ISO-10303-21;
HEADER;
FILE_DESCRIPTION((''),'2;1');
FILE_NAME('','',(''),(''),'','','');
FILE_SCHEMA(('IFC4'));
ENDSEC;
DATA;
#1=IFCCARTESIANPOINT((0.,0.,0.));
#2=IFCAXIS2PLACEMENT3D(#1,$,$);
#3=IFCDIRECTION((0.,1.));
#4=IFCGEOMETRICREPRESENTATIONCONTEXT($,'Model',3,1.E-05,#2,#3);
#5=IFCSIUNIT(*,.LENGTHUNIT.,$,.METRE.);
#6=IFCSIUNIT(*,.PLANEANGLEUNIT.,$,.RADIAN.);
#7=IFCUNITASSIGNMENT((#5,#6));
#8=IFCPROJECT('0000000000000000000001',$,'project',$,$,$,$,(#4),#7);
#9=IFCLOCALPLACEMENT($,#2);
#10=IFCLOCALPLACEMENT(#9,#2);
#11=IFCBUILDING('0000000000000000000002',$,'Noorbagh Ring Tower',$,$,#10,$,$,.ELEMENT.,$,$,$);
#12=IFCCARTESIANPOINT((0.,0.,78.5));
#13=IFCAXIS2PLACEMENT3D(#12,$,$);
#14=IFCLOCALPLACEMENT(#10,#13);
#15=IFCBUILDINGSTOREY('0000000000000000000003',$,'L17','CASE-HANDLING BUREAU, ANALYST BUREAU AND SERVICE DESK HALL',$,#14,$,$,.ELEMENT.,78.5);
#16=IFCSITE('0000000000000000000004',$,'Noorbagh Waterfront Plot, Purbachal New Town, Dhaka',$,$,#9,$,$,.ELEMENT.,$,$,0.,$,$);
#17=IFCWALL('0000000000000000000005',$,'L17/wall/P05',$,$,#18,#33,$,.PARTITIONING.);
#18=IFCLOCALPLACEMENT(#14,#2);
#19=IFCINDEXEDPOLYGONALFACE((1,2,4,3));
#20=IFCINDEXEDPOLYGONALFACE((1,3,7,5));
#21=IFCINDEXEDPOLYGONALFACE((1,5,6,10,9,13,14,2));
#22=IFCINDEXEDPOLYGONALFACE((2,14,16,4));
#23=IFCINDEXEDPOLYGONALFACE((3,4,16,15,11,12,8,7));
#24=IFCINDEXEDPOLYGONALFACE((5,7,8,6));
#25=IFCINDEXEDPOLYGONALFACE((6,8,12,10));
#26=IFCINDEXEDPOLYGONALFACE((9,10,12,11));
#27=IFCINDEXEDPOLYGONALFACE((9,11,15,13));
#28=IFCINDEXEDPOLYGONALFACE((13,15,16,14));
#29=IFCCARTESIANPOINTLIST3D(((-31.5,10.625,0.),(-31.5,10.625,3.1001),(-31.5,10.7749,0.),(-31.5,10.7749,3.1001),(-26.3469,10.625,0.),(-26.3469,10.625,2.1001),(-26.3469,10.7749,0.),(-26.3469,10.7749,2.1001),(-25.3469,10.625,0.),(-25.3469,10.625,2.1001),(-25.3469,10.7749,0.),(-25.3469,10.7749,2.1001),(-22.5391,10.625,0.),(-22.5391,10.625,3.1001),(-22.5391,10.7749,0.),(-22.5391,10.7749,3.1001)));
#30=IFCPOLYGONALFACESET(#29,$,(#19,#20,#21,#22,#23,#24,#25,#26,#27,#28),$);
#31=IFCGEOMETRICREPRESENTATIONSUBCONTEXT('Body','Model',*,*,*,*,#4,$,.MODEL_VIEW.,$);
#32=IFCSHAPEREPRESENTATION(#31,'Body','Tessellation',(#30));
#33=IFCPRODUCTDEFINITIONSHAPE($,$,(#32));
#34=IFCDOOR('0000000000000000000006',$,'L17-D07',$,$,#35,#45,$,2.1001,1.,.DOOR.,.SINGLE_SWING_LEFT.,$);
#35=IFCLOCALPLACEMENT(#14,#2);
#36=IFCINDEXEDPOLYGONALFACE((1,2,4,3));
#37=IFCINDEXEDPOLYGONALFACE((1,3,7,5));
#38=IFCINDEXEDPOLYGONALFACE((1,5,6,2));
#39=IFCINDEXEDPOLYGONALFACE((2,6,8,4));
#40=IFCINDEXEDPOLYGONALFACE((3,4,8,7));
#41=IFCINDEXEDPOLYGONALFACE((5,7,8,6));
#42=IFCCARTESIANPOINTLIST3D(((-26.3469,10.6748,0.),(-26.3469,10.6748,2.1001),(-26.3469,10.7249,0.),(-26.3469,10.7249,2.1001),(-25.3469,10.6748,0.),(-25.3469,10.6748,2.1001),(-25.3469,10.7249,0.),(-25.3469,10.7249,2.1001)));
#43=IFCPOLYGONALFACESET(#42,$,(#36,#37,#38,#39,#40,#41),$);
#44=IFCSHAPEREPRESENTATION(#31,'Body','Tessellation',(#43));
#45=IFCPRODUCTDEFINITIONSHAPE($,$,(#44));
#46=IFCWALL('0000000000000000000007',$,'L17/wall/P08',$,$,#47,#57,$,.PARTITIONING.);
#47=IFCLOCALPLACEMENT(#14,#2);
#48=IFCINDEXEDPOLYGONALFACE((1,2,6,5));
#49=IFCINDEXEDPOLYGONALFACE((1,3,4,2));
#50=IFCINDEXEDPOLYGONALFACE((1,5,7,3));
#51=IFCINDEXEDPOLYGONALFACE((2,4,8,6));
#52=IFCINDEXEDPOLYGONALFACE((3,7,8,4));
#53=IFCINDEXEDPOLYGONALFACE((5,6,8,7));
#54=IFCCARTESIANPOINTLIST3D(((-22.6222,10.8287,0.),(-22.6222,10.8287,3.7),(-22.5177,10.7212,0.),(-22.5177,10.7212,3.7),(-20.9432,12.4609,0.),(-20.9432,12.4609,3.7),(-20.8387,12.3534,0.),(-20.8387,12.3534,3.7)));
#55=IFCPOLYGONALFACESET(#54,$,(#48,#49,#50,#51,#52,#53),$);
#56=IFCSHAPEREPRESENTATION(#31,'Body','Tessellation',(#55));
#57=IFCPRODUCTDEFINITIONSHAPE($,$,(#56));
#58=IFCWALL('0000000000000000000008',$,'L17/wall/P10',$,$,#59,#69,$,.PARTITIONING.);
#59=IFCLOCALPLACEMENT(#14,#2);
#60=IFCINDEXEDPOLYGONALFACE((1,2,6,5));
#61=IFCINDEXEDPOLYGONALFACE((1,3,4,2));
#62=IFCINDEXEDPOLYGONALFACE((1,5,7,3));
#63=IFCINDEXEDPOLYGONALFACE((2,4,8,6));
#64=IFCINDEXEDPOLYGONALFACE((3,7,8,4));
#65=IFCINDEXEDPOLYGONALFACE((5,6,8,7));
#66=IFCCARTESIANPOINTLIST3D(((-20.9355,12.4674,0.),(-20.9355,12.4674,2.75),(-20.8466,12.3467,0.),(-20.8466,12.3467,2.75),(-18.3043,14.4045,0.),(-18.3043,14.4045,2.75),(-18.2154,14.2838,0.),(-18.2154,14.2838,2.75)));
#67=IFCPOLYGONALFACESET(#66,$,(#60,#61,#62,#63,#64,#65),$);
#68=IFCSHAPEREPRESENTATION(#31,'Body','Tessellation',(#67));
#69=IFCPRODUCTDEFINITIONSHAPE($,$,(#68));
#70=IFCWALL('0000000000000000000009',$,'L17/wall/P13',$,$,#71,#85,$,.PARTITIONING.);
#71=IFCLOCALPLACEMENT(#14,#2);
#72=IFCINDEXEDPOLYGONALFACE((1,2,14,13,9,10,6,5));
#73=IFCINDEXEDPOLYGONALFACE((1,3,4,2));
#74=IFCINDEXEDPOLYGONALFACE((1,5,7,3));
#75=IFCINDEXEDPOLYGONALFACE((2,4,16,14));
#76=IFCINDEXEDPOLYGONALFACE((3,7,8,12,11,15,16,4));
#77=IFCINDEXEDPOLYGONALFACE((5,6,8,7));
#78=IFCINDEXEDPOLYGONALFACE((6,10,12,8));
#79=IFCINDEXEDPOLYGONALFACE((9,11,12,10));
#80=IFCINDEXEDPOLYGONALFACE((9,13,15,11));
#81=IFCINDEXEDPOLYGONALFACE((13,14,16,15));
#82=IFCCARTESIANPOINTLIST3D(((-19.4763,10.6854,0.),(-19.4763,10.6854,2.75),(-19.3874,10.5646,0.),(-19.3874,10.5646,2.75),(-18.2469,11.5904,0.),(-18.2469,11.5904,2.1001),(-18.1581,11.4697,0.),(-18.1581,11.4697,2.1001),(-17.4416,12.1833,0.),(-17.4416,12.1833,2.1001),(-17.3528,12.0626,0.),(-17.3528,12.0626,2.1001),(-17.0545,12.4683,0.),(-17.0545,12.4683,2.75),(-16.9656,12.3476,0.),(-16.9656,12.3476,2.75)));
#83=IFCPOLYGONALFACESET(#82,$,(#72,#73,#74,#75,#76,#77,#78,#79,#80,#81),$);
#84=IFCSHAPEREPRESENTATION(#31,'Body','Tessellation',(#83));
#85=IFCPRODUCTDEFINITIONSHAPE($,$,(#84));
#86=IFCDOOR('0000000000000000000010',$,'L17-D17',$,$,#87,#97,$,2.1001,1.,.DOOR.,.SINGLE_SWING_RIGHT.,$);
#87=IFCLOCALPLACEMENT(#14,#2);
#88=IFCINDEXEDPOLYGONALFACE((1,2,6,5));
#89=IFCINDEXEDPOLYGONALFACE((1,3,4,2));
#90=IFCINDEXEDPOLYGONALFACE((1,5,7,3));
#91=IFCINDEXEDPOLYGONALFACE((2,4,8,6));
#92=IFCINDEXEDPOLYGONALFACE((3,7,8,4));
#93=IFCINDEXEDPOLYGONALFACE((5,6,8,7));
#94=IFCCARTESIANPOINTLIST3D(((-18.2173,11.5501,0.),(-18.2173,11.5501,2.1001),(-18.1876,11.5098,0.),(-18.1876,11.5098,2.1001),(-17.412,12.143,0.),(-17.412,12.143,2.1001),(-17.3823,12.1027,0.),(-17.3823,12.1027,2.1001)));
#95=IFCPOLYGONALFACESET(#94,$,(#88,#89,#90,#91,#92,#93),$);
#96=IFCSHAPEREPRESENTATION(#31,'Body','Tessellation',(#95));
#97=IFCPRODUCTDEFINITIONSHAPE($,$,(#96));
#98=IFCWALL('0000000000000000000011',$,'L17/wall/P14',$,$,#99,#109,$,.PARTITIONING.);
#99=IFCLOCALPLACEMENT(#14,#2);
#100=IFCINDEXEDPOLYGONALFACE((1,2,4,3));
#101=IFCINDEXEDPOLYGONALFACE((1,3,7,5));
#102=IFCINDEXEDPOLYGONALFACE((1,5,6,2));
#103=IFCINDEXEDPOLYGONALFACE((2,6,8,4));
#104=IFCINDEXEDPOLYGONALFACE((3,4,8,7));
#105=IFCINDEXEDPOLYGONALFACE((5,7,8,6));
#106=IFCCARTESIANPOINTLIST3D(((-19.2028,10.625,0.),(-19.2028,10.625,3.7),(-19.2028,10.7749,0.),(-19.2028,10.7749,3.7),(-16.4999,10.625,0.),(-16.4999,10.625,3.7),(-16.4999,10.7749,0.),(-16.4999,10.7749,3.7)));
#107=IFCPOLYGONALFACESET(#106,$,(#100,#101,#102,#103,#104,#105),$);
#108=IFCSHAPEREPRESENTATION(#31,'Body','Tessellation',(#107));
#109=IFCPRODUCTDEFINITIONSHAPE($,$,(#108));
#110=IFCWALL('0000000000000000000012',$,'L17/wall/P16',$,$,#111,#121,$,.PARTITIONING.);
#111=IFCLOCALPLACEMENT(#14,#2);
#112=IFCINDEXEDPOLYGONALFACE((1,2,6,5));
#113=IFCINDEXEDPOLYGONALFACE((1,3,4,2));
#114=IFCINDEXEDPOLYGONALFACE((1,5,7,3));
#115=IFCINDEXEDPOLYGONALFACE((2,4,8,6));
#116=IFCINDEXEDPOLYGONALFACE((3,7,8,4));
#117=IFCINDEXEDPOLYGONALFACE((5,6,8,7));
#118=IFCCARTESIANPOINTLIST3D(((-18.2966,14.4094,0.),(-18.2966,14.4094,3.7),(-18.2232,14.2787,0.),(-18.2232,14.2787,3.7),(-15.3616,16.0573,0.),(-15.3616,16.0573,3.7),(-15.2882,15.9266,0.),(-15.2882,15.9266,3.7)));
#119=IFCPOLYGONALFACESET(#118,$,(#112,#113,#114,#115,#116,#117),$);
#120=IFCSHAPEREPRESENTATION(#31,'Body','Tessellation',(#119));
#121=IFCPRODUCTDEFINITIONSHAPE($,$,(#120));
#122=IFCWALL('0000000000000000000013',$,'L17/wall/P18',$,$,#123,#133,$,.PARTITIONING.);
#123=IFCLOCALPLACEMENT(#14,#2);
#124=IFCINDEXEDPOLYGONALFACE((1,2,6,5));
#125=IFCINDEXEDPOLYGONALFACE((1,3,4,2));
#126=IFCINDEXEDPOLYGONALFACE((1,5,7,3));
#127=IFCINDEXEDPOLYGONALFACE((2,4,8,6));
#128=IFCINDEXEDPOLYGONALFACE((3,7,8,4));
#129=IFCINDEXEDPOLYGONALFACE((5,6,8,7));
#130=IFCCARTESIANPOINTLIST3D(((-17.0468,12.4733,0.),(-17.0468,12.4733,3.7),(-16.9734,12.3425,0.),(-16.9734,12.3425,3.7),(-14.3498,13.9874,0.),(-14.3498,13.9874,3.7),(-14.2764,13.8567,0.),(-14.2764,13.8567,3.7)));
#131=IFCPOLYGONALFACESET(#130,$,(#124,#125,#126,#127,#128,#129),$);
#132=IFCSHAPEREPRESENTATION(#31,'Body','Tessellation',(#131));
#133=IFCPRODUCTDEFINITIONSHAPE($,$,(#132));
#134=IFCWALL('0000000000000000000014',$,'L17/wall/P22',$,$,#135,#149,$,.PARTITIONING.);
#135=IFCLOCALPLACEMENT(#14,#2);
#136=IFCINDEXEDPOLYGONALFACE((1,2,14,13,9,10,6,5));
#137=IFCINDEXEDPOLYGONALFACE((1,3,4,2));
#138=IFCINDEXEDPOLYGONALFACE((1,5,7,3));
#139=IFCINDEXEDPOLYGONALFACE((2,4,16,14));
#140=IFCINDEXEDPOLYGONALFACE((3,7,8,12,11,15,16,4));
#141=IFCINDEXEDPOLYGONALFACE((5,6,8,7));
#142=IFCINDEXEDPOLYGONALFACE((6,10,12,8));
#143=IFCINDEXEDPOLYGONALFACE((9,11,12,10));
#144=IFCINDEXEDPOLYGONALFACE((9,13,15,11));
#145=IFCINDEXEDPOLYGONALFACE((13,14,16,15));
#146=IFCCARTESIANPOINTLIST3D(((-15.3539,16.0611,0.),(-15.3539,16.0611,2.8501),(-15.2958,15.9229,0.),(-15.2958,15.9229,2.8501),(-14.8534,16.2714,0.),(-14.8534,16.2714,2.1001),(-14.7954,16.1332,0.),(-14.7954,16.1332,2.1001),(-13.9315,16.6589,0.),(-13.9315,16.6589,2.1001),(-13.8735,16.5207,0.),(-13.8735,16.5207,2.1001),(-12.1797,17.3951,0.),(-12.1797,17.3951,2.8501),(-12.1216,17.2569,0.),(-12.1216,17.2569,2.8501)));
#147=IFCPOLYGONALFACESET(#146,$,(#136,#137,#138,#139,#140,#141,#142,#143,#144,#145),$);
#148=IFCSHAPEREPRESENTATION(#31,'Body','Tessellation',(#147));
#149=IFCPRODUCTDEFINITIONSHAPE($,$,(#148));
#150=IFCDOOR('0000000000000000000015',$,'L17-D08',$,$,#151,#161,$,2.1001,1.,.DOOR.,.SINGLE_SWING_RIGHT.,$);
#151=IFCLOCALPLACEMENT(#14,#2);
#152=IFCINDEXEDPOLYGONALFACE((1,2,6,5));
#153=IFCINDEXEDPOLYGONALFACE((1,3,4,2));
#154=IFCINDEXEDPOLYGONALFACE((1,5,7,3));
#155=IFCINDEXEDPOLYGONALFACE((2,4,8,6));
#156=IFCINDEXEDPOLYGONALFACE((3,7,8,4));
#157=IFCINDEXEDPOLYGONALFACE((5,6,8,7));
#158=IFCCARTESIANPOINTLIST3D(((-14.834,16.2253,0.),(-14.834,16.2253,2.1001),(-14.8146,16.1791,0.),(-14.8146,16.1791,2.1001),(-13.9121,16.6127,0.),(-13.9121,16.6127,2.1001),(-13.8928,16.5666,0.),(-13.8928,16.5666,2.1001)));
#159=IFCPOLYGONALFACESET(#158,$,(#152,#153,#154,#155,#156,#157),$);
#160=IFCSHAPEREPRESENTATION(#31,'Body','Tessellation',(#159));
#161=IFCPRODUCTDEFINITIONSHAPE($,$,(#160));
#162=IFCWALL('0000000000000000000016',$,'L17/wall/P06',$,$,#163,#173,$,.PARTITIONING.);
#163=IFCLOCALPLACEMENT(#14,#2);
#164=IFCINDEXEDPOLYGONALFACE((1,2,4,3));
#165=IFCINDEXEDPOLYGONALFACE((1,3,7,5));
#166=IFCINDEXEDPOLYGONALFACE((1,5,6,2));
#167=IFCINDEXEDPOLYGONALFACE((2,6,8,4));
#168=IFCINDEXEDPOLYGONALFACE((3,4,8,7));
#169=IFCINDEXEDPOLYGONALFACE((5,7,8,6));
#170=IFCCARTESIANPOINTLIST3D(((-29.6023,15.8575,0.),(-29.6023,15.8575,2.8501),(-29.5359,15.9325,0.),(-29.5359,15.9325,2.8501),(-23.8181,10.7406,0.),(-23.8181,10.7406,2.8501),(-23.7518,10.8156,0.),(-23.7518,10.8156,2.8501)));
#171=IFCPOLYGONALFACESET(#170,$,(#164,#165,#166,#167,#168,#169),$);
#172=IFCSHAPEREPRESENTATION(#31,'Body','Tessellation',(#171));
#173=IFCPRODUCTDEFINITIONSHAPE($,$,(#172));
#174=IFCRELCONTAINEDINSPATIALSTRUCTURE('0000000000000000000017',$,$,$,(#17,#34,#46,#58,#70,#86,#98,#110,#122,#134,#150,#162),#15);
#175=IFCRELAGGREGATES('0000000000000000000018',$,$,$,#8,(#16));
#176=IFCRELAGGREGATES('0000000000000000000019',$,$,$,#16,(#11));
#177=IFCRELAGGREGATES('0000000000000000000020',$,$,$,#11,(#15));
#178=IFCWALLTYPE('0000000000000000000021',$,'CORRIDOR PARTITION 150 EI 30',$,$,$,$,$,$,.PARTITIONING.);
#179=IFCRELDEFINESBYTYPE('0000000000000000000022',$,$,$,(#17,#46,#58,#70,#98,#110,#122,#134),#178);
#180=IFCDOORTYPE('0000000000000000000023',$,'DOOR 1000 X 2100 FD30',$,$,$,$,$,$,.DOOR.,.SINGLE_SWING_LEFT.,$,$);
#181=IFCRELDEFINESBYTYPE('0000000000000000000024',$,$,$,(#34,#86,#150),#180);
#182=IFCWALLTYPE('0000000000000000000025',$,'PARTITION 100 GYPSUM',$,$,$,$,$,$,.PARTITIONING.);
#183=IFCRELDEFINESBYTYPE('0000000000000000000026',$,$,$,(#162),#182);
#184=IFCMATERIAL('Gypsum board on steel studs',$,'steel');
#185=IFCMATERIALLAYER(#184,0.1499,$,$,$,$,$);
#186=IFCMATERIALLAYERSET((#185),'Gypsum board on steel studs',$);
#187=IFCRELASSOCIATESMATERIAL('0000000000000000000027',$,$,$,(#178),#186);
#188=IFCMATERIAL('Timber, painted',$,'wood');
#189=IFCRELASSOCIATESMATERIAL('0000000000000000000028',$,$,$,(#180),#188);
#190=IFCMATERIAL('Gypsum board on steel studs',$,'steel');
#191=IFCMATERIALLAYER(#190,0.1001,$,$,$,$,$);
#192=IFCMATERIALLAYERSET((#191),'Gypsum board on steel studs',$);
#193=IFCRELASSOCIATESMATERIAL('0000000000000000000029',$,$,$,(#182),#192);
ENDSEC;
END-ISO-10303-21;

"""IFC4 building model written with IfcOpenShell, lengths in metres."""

from ifc_helpers import new_model, si_unit, direction, frame, frame_2d, origin, place, context, subcontext, project, spatial, rectangle, extrude, material, layer, layer_set, type_object, element, fill, save


model = new_model("IFC4")

# Units and contexts
model_context = context("Model", 3, precision=1e-05, world=origin(), true_north=direction((0.0, 1.0)))
body_context = subcontext(model_context, "Body", "Model", "MODEL_VIEW")
ifc_project = project(units=[si_unit("LENGTHUNIT", "METRE"), si_unit("PLANEANGLEUNIT", "RADIAN")], contexts=[model_context])

# Site, building, storey
site_placement = place(None, origin())
site = spatial("IfcSite", under=ifc_project, at=site_placement, Name="Noorbagh Waterfront Plot, Purbachal New Town, Dhaka", CompositionType="ELEMENT", RefElevation=0.0)
building_placement = place(site_placement, origin())
building = spatial("IfcBuilding", under=site, at=building_placement, Name="Noorbagh Ring Tower", CompositionType="ELEMENT")
storey_placement = place(building_placement, frame((0.0, 0.0, 78.5)))
storey = spatial("IfcBuildingStorey", under=building, at=storey_placement, Name="L17", Description="CASE-HANDLING BUREAU, ANALYST BUREAU AND SERVICE DESK HALL", CompositionType="ELEMENT", Elevation=78.5)

# Wall, opening, door
ifc_material_1 = material(Name="Gypsum board on steel studs", Category="steel")
ifc_layer_1 = layer(ifc_material_1, 0.1499)
ifc_layer_set_1 = layer_set([ifc_layer_1], Name="Gypsum board on steel studs")
wall_type_1 = type_object("IfcWallType", Name="CORRIDOR PARTITION 150 EI 30", PredefinedType="PARTITIONING", material=ifc_layer_set_1)
wall_1_placement = place(storey_placement, frame((-31.5, 10.7, 0.0), z_axis=(0.0, 0.0, 1.0), x_axis=(1.0, 0.0, 0.0)))
wall_1 = element("IfcWall", 1, at=wall_1_placement, inside=storey, type_object=wall_type_1, Name="L17/wall/P05", PredefinedType="PARTITIONING", context=body_context, shape_type="SweptSolid", body=[
    extrude(rectangle(XDim=8.9609, YDim=0.1499, at=frame_2d((4.4805, 0.0))), origin(), (0.0, 0.0, 1.0), 3.1001),
])
opening_1_placement = place(wall_1_placement, frame((5.1531, 0.0, 0.0)))
opening_1 = element("IfcOpeningElement", 2, at=opening_1_placement, cuts=wall_1, PredefinedType="OPENING", context=body_context, shape_type="SweptSolid", body=[
    extrude(rectangle(XDim=1.0, YDim=2.1001, at=frame_2d((0.5, 1.05))), frame((0.0, 0.085, 0.0), z_axis=(0.0, -1.0, 0.0), x_axis=(1.0, 0.0, 0.0)), (0.0, 0.0, 1.0), 0.1699),
])
ifc_material_2 = material(Name="Timber, painted", Category="wood")
door_type = type_object("IfcDoorType", Name="DOOR 1000 X 2100 FD30", OperationType="SINGLE_SWING_LEFT", PredefinedType="DOOR", material=ifc_material_2)
door_1_placement = place(opening_1_placement, origin())
door_1 = element("IfcDoor", 3, at=door_1_placement, inside=storey, type_object=door_type, Name="L17-D07", OperationType="SINGLE_SWING_LEFT", OverallHeight=2.1001, OverallWidth=1.0, PredefinedType="DOOR", context=body_context, shape_type="SweptSolid", body=[
    extrude(rectangle(XDim=1.0, YDim=2.1001, at=frame_2d((0.5, 1.05))), frame((0.0, 0.0249, 0.0), z_axis=(0.0, -1.0, 0.0), x_axis=(1.0, 0.0, 0.0)), (0.0, 0.0, 1.0), 0.05),
])
fill(opening_1, door_1)

# Walls
wall_2_placement = place(storey_placement, frame((-22.5701, 10.7749, 0.0), z_axis=(0.0, 0.0, 1.0), x_axis=(0.717046, 0.697026, 0.0)))
element("IfcWall", 4, at=wall_2_placement, inside=storey, type_object=wall_type_1, Name="L17/wall/P08", PredefinedType="PARTITIONING", context=body_context, shape_type="SweptSolid", body=[
    extrude(rectangle(XDim=2.3416, YDim=0.1499, at=frame_2d((1.1709, 0.0))), origin(), (0.0, 0.0, 1.0), 3.7),
])
wall_3_placement = place(storey_placement, frame((-20.8911, 12.407, 0.0), z_axis=(0.0, 0.0, 1.0), x_axis=(0.805304, 0.592863, 0.0)))
element("IfcWall", 5, at=wall_3_placement, inside=storey, type_object=wall_type_1, Name="L17/wall/P10", PredefinedType="PARTITIONING", context=body_context, shape_type="SweptSolid", body=[
    extrude(rectangle(XDim=3.2673, YDim=0.1499, at=frame_2d((1.6338, 0.0))), origin(), (0.0, 0.0, 1.0), 2.75),
])

# Wall, opening, door
wall_4_placement = place(storey_placement, frame((-19.4319, 10.625, 0.0), z_axis=(0.0, 0.0, 1.0), x_axis=(0.805307, 0.592858, 0.0)))
wall_4 = element("IfcWall", 6, at=wall_4_placement, inside=storey, type_object=wall_type_1, Name="L17/wall/P13", PredefinedType="PARTITIONING", context=body_context, shape_type="SweptSolid", body=[
    extrude(rectangle(XDim=3.0073, YDim=0.1499, at=frame_2d((1.5037, 0.0))), origin(), (0.0, 0.0, 1.0), 2.75),
])
opening_2_placement = place(wall_4_placement, frame((1.5266, 0.0, 0.0)))
opening_2 = element("IfcOpeningElement", 7, at=opening_2_placement, cuts=wall_4, PredefinedType="OPENING", context=body_context, shape_type="SweptSolid", body=[
    extrude(rectangle(XDim=1.0, YDim=2.1001, at=frame_2d((0.5, 1.05))), frame((0.0, 0.085, 0.0), z_axis=(0.0, -1.0, 0.0), x_axis=(1.0, 0.0, 0.0)), (0.0, 0.0, 1.0), 0.1699),
])
door_2_placement = place(opening_2_placement, origin())
door_2 = element("IfcDoor", 8, at=door_2_placement, inside=storey, type_object=door_type, Name="L17-D17", OperationType="SINGLE_SWING_RIGHT", OverallHeight=2.1001, OverallWidth=1.0, PredefinedType="DOOR", context=body_context, shape_type="SweptSolid", body=[
    extrude(rectangle(XDim=1.0, YDim=2.1001, at=frame_2d((0.5, 1.05))), frame((0.0, 0.0249, 0.0), z_axis=(0.0, -1.0, 0.0), x_axis=(1.0, 0.0, 0.0)), (0.0, 0.0, 1.0), 0.05),
])
fill(opening_2, door_2)

# Walls
wall_5_placement = place(storey_placement, frame((-19.2029, 10.7, 0.0), z_axis=(0.0, 0.0, 1.0), x_axis=(1.0, 0.0, 0.0)))
element("IfcWall", 9, at=wall_5_placement, inside=storey, type_object=wall_type_1, Name="L17/wall/P14", PredefinedType="PARTITIONING", context=body_context, shape_type="SweptSolid", body=[
    extrude(rectangle(XDim=2.7029, YDim=0.1499, at=frame_2d((1.3516, 0.0))), origin(), (0.0, 0.0, 1.0), 3.7),
])
wall_6_placement = place(storey_placement, frame((-18.26, 14.344, 0.0), z_axis=(0.0, 0.0, 1.0), x_axis=(0.871959, 0.489579, 0.0)))
element("IfcWall", 10, at=wall_6_placement, inside=storey, type_object=wall_type_1, Name="L17/wall/P16", PredefinedType="PARTITIONING", context=body_context, shape_type="SweptSolid", body=[
    extrude(rectangle(XDim=3.366, YDim=0.1499, at=frame_2d((1.6831, 0.0))), origin(), (0.0, 0.0, 1.0), 3.7),
])
wall_7_placement = place(storey_placement, frame((-17.01, 12.408, 0.0), z_axis=(0.0, 0.0, 1.0), x_axis=(0.871978, 0.489545, 0.0)))
element("IfcWall", 11, at=wall_7_placement, inside=storey, type_object=wall_type_1, Name="L17/wall/P18", PredefinedType="PARTITIONING", context=body_context, shape_type="SweptSolid", body=[
    extrude(rectangle(XDim=3.093, YDim=0.1499, at=frame_2d((1.5464, 0.0))), origin(), (0.0, 0.0, 1.0), 3.7),
])

# Wall, opening, door
wall_8_placement = place(storey_placement, frame((-15.325, 15.9919, 0.0), z_axis=(0.0, 0.0, 1.0), x_axis=(0.921891, 0.387448, 0.0)))
wall_8 = element("IfcWall", 12, at=wall_8_placement, inside=storey, type_object=wall_type_1, Name="L17/wall/P22", PredefinedType="PARTITIONING", context=body_context, shape_type="SweptSolid", body=[
    extrude(rectangle(XDim=3.4431, YDim=0.1499, at=frame_2d((1.7217, 0.0))), origin(), (0.0, 0.0, 1.0), 2.8501),
])
opening_3_placement = place(wall_8_placement, frame((0.543, 0.0, 0.0)))
opening_3 = element("IfcOpeningElement", 13, at=opening_3_placement, cuts=wall_8, PredefinedType="OPENING", context=body_context, shape_type="SweptSolid", body=[
    extrude(rectangle(XDim=1.0, YDim=2.1001, at=frame_2d((0.5, 1.05))), frame((0.0, 0.085, 0.0), z_axis=(0.0, -1.0, 0.0), x_axis=(1.0, 0.0, 0.0)), (0.0, 0.0, 1.0), 0.1699),
])
door_3_placement = place(opening_3_placement, origin())
door_3 = element("IfcDoor", 14, at=door_3_placement, inside=storey, type_object=door_type, Name="L17-D08", OperationType="SINGLE_SWING_RIGHT", OverallHeight=2.1001, OverallWidth=1.0, PredefinedType="DOOR", context=body_context, shape_type="SweptSolid", body=[
    extrude(rectangle(XDim=1.0, YDim=2.1001, at=frame_2d((0.5, 1.05))), frame((0.0, 0.0249, 0.0), z_axis=(0.0, -1.0, 0.0), x_axis=(1.0, 0.0, 0.0)), (0.0, 0.0, 1.0), 0.05),
])
fill(opening_3, door_3)

# Wall
ifc_material_3 = material(Name="Gypsum board on steel studs", Category="steel")
ifc_layer_2 = layer(ifc_material_3, 0.1001)
ifc_layer_set_2 = layer_set([ifc_layer_2], Name="Gypsum board on steel studs")
wall_type_2 = type_object("IfcWallType", Name="PARTITION 100 GYPSUM", PredefinedType="PARTITIONING", material=ifc_layer_set_2)
wall_9_placement = place(storey_placement, frame((-29.5691, 15.895, 0.0), z_axis=(0.0, 0.0, 1.0), x_axis=(0.748986, -0.662586, 0.0)))
element("IfcWall", 15, at=wall_9_placement, inside=storey, type_object=wall_type_2, Name="L17/wall/P06", PredefinedType="PARTITIONING", context=body_context, shape_type="SweptSolid", body=[
    extrude(rectangle(XDim=7.7227, YDim=0.1001, at=frame_2d((3.8613, 0.0))), origin(), (0.0, 0.0, 1.0), 2.8501),
])

save(model, "model.ifc")
